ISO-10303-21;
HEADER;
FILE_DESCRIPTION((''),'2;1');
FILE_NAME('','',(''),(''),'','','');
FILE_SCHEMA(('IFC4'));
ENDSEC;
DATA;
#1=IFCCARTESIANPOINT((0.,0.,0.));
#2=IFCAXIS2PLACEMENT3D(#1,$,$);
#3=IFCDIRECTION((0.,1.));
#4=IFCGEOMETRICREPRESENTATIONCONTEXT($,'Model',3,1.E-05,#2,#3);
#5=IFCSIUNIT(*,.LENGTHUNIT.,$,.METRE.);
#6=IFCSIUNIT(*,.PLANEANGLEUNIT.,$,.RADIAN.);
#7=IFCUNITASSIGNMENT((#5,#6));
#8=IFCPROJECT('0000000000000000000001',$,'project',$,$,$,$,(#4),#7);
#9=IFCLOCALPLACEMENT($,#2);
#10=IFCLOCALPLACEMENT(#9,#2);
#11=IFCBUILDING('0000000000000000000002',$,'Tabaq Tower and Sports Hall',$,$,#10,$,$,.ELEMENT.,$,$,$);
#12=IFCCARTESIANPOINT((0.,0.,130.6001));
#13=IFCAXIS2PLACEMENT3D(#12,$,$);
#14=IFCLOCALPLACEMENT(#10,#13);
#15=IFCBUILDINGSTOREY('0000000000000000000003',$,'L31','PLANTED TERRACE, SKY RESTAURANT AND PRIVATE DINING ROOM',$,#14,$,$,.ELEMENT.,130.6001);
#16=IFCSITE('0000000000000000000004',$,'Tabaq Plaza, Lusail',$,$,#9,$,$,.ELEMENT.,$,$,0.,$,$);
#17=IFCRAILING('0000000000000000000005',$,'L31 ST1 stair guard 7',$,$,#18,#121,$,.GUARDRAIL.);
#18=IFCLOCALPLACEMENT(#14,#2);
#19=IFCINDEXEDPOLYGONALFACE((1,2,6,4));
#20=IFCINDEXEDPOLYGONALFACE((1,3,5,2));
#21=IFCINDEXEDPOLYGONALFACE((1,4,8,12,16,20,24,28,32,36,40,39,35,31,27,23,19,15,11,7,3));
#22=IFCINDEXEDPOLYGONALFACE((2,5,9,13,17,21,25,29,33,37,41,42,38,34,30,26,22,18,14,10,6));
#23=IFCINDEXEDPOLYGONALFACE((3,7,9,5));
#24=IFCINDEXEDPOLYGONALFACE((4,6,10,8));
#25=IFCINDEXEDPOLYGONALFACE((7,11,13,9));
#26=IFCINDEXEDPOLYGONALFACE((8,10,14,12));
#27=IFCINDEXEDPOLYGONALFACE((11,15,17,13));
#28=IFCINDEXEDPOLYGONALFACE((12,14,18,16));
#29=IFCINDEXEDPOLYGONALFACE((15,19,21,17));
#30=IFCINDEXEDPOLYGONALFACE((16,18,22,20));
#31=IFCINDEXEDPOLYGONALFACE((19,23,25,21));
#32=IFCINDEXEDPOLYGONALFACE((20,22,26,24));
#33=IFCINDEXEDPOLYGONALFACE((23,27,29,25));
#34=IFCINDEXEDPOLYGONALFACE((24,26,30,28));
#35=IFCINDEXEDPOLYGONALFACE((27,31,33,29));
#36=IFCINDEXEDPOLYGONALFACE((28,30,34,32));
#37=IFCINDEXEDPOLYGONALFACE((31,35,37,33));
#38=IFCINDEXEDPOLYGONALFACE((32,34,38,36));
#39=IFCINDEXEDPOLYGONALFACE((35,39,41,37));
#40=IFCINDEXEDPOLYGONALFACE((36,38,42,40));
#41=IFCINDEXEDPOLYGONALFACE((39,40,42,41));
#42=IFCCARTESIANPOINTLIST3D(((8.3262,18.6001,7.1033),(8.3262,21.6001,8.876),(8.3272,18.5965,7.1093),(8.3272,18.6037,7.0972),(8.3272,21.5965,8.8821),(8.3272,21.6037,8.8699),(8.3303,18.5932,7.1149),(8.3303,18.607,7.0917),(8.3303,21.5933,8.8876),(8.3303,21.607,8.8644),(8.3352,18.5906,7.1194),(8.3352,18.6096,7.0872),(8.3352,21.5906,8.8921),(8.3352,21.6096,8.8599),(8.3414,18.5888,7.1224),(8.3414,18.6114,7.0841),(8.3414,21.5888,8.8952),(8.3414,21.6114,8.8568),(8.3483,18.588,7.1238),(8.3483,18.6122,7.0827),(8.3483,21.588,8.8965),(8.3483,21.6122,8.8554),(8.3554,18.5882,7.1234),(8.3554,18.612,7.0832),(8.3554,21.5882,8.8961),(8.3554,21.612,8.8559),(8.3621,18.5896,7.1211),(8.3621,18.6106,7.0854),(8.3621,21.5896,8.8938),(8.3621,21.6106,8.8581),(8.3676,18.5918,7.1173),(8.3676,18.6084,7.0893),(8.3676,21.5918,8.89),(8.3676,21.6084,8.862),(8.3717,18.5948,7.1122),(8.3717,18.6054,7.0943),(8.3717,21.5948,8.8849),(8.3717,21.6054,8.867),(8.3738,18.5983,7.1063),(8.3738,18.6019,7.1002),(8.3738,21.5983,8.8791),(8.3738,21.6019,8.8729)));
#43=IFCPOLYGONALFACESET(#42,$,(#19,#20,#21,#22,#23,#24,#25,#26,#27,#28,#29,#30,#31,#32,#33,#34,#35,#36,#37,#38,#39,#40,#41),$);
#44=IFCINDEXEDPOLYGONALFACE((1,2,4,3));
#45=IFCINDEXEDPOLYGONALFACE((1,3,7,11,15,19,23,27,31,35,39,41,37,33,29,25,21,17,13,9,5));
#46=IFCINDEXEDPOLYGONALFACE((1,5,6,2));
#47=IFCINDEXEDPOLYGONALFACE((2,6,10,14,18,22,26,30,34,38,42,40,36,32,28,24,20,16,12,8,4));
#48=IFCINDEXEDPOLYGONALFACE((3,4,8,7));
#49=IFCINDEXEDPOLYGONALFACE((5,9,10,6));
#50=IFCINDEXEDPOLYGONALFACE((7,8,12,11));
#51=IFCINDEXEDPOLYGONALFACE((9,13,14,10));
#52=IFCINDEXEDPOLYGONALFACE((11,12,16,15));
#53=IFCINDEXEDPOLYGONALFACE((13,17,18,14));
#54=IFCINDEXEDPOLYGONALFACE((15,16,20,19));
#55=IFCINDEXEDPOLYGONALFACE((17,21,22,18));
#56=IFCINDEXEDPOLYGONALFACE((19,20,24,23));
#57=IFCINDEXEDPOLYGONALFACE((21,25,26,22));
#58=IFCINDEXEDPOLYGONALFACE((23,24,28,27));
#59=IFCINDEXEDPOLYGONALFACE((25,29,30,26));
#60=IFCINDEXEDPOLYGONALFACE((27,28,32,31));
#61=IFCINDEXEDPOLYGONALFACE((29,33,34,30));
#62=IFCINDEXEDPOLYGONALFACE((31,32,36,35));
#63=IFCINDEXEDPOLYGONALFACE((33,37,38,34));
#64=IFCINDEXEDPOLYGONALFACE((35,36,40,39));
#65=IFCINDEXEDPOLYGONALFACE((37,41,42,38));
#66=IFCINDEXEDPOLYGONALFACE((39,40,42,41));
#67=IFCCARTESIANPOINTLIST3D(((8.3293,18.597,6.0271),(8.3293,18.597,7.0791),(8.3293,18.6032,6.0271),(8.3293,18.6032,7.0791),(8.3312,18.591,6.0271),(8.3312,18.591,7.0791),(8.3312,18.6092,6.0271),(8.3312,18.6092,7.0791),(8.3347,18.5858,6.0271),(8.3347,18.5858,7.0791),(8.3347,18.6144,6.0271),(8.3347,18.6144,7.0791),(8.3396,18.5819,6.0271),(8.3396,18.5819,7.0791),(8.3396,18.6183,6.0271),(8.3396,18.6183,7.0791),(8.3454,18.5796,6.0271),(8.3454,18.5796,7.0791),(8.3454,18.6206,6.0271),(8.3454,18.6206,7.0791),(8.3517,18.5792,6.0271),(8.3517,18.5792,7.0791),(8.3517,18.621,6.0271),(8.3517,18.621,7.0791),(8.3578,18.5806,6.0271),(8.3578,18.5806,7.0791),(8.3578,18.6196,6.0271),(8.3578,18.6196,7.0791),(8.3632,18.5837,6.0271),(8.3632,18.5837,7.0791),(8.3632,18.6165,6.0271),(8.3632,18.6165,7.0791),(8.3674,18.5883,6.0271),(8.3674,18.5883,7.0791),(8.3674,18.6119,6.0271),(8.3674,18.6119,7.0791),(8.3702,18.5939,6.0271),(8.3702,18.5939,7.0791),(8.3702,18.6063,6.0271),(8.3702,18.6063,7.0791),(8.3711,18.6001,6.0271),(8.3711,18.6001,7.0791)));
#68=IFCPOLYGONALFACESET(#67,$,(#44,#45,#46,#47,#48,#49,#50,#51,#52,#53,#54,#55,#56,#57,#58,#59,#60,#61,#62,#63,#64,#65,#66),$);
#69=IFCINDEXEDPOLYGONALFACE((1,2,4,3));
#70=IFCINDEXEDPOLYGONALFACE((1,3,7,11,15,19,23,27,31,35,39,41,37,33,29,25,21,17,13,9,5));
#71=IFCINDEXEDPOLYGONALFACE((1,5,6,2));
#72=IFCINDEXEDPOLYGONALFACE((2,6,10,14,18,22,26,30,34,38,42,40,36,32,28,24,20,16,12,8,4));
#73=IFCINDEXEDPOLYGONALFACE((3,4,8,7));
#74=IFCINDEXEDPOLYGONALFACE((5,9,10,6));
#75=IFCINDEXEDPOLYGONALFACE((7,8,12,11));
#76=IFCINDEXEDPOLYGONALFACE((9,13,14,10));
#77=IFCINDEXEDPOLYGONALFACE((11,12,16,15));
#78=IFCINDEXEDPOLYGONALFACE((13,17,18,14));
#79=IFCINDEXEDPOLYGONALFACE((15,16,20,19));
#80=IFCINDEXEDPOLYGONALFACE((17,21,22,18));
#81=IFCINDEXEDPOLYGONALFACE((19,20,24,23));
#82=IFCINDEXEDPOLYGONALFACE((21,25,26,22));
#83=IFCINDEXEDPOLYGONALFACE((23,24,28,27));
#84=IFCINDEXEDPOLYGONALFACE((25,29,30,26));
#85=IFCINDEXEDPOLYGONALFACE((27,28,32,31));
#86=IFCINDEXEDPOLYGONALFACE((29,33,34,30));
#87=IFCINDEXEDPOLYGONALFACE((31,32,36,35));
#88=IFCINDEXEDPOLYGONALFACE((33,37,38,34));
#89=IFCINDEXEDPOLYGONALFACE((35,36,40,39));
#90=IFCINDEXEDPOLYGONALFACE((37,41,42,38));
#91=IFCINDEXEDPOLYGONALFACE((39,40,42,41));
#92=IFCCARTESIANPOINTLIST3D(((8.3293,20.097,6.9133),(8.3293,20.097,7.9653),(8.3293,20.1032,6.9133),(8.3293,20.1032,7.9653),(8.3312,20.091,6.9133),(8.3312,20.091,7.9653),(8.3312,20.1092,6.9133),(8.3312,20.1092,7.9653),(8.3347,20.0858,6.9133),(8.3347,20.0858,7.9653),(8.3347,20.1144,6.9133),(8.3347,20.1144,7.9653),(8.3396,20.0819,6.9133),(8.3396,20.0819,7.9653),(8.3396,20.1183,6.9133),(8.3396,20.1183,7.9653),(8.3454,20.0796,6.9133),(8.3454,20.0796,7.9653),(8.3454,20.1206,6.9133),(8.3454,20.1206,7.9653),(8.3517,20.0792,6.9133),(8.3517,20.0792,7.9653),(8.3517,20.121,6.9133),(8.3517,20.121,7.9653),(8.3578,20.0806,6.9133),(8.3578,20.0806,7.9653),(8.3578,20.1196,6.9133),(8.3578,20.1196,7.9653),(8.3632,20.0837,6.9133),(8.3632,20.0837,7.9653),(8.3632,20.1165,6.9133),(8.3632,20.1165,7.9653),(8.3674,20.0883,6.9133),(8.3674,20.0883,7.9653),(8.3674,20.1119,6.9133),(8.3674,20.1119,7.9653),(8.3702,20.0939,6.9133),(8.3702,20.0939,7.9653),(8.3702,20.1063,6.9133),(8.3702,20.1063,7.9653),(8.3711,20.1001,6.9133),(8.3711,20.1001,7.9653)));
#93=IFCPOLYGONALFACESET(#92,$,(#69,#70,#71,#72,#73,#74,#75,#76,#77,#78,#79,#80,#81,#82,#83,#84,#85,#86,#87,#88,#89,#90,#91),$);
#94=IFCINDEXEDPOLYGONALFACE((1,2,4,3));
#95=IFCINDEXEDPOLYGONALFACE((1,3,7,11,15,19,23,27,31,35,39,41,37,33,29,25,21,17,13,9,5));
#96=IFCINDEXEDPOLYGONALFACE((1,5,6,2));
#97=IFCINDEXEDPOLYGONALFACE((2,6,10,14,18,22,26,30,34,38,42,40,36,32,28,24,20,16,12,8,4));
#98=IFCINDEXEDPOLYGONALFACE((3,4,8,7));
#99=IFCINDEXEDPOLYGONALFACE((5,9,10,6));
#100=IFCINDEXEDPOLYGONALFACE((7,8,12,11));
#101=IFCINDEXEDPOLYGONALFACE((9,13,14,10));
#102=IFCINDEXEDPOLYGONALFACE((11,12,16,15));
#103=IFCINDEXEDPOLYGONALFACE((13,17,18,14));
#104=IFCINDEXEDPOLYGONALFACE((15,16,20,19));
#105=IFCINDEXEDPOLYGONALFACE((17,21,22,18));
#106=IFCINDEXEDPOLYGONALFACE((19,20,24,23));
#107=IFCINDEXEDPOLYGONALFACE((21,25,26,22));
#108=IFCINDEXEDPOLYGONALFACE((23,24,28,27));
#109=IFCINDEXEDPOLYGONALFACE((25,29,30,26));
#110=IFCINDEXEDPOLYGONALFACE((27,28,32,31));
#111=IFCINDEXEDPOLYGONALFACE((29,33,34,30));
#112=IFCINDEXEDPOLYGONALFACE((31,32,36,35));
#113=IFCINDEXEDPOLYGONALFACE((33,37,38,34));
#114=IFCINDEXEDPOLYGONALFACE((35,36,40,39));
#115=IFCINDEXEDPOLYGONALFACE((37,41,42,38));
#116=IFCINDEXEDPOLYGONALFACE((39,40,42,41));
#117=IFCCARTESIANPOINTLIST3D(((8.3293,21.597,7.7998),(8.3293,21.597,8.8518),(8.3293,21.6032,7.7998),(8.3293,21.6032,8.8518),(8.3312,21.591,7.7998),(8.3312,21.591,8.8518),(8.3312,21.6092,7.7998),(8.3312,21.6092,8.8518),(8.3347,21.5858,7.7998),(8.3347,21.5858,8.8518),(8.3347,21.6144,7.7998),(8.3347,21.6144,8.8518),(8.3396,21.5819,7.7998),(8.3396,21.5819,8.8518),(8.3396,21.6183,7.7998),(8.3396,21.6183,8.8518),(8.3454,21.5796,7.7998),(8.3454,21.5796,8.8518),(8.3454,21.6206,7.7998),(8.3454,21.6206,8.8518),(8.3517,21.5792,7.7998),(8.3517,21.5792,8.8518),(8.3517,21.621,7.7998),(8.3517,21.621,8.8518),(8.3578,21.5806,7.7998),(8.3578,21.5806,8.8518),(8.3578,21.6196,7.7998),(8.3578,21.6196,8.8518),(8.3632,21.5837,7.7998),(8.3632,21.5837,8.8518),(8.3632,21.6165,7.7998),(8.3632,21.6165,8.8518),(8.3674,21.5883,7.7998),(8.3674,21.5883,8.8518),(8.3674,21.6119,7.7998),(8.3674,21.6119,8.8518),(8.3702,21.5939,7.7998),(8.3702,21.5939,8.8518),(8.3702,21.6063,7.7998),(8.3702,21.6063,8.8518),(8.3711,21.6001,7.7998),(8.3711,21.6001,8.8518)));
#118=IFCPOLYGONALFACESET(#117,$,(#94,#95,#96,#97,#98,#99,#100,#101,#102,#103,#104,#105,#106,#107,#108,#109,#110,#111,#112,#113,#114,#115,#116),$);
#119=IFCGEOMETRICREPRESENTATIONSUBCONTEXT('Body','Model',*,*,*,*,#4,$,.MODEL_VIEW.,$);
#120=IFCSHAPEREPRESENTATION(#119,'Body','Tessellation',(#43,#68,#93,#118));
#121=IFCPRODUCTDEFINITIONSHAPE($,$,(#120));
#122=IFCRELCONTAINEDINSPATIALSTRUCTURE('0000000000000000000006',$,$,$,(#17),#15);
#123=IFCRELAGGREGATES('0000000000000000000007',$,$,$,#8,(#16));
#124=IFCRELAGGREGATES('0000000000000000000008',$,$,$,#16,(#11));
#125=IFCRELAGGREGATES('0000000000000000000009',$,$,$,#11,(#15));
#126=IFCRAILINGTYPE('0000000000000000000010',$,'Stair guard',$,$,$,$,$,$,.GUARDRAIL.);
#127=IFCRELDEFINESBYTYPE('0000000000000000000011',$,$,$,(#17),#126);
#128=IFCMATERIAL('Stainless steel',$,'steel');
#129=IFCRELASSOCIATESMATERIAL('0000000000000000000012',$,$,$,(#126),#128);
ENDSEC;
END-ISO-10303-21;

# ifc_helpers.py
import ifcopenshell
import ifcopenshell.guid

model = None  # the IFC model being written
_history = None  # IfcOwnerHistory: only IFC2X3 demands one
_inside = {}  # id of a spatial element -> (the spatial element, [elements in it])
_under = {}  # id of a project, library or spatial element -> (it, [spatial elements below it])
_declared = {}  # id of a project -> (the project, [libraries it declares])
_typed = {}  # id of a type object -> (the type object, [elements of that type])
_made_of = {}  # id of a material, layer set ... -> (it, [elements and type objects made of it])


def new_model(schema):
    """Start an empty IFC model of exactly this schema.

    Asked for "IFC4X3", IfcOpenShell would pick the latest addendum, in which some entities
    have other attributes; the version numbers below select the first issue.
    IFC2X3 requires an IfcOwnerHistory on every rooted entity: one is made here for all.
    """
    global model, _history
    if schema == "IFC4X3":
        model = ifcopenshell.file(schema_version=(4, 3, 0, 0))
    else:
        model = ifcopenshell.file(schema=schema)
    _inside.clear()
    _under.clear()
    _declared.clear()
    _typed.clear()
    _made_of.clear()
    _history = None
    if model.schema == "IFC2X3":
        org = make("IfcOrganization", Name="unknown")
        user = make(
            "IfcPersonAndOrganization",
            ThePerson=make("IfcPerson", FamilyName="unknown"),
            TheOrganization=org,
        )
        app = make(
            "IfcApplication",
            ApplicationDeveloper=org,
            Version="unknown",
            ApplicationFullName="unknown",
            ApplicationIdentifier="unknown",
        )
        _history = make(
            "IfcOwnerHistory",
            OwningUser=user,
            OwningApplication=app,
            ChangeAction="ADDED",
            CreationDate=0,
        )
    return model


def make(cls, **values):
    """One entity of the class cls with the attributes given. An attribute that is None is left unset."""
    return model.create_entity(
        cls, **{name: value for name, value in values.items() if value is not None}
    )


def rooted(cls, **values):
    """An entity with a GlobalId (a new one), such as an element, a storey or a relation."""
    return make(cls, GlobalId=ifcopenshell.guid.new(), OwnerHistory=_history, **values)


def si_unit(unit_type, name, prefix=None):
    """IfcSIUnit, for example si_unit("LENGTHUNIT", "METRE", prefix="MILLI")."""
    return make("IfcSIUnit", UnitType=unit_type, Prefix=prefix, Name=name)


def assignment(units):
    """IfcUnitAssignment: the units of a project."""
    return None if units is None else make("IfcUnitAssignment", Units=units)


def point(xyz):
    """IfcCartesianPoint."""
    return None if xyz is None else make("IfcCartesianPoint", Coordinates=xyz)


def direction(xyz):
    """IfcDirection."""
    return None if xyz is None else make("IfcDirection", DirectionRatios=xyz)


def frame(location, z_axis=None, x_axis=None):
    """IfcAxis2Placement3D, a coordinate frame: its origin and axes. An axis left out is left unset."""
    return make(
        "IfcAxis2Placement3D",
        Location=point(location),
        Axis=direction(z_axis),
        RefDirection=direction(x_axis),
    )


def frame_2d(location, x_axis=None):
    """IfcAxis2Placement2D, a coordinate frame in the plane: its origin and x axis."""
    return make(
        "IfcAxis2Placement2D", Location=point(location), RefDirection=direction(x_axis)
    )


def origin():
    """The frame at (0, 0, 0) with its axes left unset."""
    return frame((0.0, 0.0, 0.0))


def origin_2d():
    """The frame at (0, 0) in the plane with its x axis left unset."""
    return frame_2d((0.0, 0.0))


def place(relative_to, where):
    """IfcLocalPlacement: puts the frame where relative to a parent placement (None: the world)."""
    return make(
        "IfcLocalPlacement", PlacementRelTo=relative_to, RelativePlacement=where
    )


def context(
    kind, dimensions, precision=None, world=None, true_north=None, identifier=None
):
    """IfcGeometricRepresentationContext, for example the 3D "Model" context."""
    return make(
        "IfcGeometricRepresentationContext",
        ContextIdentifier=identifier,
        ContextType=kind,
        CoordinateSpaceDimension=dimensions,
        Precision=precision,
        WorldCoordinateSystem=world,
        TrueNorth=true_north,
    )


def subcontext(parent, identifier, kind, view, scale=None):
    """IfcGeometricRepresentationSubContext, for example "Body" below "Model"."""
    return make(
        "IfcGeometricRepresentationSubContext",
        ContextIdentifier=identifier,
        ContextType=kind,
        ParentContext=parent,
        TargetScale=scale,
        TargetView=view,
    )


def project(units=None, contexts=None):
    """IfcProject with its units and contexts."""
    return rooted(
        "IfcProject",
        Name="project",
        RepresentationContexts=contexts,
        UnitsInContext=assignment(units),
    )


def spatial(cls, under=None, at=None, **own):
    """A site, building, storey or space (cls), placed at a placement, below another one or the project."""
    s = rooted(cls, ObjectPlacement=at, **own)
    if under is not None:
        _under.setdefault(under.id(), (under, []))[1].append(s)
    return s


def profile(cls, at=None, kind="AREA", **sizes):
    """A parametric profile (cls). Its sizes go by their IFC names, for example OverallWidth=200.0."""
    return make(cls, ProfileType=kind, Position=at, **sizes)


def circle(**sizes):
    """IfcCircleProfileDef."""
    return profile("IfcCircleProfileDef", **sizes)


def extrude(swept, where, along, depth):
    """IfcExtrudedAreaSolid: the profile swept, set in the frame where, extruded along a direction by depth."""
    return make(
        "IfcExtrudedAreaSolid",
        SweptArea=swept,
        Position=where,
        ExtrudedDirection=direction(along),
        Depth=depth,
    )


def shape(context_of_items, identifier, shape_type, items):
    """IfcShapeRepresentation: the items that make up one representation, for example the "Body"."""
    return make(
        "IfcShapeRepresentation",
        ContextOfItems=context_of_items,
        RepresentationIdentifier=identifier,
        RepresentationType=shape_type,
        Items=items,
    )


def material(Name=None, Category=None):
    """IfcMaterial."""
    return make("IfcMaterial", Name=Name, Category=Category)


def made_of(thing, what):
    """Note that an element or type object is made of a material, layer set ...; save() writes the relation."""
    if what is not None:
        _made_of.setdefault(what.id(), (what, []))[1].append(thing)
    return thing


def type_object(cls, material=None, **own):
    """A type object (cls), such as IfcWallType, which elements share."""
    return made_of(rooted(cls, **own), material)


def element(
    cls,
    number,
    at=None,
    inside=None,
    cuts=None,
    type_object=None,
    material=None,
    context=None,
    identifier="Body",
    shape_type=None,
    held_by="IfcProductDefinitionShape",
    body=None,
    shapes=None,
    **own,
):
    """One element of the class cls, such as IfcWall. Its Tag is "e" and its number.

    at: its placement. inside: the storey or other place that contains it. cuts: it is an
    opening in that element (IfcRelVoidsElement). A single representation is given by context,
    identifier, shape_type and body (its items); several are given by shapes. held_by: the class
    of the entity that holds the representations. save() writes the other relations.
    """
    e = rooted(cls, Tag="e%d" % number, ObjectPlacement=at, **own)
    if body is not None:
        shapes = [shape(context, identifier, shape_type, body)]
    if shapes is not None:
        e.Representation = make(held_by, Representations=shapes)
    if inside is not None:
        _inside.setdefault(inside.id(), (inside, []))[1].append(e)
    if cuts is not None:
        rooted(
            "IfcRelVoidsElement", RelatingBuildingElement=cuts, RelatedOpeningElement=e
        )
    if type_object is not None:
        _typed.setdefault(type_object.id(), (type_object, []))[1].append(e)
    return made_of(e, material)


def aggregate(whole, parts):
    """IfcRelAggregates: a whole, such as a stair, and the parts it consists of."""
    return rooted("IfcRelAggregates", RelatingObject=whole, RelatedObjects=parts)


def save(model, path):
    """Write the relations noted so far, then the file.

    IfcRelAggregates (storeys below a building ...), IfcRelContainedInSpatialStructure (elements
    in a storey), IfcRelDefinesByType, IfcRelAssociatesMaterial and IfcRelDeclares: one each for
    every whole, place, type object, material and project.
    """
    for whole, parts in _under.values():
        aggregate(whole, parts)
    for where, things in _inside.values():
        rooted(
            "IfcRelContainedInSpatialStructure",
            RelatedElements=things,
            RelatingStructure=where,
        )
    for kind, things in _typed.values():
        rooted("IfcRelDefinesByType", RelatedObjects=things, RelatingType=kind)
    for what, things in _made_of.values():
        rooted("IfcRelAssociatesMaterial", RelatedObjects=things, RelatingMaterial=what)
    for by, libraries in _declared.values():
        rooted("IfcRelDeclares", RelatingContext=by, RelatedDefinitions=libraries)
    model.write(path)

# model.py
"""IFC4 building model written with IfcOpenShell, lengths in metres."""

from ifc_helpers import new_model, si_unit, direction, frame, origin, origin_2d, place, context, subcontext, project, spatial, circle, extrude, material, type_object, element, save


model = new_model("IFC4")

# Units and contexts
model_context = context("Model", 3, precision=1e-05, world=origin(), true_north=direction((0.0, 1.0)))
body_context = subcontext(model_context, "Body", "Model", "MODEL_VIEW")
ifc_project = project(units=[si_unit("LENGTHUNIT", "METRE"), si_unit("PLANEANGLEUNIT", "RADIAN")], contexts=[model_context])

# Site, building, storey
site_placement = place(None, origin())
site = spatial("IfcSite", under=ifc_project, at=site_placement, Name="Tabaq Plaza, Lusail", CompositionType="ELEMENT", RefElevation=0.0)
building_placement = place(site_placement, origin())
building = spatial("IfcBuilding", under=site, at=building_placement, Name="Tabaq Tower and Sports Hall", CompositionType="ELEMENT")
storey_placement = place(building_placement, frame((0.0, 0.0, 130.6001)))
storey = spatial("IfcBuildingStorey", under=building, at=storey_placement, Name="L31", Description="PLANTED TERRACE, SKY RESTAURANT AND PRIVATE DINING ROOM", CompositionType="ELEMENT", Elevation=130.6001)

# Railing
ifc_material_1 = material(Name="Stainless steel", Category="steel")
railing_type_1 = type_object("IfcRailingType", Name="Stair guard", PredefinedType="GUARDRAIL", material=ifc_material_1)
railing_1_placement = place(storey_placement, frame((8.3501, 18.6001, 6.0271)))
element("IfcRailing", 1, at=railing_1_placement, inside=storey, type_object=railing_type_1, Name="L31 ST1 stair guard 7", PredefinedType="GUARDRAIL", context=body_context, shape_type="SweptSolid", body=[
    extrude(circle(Radius=0.0239, at=origin_2d()), frame((0.0, 0.0, 1.0762), z_axis=(0.0, 0.860929, 0.508725), x_axis=(-1.0, 0.0, 0.0)), (0.0, 0.0, 1.0), 3.4846),
    extrude(circle(Radius=0.021, at=origin_2d()), origin(), (0.0, 0.0, 1.0), 1.052),
    extrude(circle(Radius=0.021, at=origin_2d()), frame((0.0, 1.5, 0.8862)), (0.0, 0.0, 1.0), 1.052),
    extrude(circle(Radius=0.021, at=origin_2d()), frame((0.0, 3.0, 1.7727)), (0.0, 0.0, 1.0), 1.052),
])

save(model, "model.ifc")
